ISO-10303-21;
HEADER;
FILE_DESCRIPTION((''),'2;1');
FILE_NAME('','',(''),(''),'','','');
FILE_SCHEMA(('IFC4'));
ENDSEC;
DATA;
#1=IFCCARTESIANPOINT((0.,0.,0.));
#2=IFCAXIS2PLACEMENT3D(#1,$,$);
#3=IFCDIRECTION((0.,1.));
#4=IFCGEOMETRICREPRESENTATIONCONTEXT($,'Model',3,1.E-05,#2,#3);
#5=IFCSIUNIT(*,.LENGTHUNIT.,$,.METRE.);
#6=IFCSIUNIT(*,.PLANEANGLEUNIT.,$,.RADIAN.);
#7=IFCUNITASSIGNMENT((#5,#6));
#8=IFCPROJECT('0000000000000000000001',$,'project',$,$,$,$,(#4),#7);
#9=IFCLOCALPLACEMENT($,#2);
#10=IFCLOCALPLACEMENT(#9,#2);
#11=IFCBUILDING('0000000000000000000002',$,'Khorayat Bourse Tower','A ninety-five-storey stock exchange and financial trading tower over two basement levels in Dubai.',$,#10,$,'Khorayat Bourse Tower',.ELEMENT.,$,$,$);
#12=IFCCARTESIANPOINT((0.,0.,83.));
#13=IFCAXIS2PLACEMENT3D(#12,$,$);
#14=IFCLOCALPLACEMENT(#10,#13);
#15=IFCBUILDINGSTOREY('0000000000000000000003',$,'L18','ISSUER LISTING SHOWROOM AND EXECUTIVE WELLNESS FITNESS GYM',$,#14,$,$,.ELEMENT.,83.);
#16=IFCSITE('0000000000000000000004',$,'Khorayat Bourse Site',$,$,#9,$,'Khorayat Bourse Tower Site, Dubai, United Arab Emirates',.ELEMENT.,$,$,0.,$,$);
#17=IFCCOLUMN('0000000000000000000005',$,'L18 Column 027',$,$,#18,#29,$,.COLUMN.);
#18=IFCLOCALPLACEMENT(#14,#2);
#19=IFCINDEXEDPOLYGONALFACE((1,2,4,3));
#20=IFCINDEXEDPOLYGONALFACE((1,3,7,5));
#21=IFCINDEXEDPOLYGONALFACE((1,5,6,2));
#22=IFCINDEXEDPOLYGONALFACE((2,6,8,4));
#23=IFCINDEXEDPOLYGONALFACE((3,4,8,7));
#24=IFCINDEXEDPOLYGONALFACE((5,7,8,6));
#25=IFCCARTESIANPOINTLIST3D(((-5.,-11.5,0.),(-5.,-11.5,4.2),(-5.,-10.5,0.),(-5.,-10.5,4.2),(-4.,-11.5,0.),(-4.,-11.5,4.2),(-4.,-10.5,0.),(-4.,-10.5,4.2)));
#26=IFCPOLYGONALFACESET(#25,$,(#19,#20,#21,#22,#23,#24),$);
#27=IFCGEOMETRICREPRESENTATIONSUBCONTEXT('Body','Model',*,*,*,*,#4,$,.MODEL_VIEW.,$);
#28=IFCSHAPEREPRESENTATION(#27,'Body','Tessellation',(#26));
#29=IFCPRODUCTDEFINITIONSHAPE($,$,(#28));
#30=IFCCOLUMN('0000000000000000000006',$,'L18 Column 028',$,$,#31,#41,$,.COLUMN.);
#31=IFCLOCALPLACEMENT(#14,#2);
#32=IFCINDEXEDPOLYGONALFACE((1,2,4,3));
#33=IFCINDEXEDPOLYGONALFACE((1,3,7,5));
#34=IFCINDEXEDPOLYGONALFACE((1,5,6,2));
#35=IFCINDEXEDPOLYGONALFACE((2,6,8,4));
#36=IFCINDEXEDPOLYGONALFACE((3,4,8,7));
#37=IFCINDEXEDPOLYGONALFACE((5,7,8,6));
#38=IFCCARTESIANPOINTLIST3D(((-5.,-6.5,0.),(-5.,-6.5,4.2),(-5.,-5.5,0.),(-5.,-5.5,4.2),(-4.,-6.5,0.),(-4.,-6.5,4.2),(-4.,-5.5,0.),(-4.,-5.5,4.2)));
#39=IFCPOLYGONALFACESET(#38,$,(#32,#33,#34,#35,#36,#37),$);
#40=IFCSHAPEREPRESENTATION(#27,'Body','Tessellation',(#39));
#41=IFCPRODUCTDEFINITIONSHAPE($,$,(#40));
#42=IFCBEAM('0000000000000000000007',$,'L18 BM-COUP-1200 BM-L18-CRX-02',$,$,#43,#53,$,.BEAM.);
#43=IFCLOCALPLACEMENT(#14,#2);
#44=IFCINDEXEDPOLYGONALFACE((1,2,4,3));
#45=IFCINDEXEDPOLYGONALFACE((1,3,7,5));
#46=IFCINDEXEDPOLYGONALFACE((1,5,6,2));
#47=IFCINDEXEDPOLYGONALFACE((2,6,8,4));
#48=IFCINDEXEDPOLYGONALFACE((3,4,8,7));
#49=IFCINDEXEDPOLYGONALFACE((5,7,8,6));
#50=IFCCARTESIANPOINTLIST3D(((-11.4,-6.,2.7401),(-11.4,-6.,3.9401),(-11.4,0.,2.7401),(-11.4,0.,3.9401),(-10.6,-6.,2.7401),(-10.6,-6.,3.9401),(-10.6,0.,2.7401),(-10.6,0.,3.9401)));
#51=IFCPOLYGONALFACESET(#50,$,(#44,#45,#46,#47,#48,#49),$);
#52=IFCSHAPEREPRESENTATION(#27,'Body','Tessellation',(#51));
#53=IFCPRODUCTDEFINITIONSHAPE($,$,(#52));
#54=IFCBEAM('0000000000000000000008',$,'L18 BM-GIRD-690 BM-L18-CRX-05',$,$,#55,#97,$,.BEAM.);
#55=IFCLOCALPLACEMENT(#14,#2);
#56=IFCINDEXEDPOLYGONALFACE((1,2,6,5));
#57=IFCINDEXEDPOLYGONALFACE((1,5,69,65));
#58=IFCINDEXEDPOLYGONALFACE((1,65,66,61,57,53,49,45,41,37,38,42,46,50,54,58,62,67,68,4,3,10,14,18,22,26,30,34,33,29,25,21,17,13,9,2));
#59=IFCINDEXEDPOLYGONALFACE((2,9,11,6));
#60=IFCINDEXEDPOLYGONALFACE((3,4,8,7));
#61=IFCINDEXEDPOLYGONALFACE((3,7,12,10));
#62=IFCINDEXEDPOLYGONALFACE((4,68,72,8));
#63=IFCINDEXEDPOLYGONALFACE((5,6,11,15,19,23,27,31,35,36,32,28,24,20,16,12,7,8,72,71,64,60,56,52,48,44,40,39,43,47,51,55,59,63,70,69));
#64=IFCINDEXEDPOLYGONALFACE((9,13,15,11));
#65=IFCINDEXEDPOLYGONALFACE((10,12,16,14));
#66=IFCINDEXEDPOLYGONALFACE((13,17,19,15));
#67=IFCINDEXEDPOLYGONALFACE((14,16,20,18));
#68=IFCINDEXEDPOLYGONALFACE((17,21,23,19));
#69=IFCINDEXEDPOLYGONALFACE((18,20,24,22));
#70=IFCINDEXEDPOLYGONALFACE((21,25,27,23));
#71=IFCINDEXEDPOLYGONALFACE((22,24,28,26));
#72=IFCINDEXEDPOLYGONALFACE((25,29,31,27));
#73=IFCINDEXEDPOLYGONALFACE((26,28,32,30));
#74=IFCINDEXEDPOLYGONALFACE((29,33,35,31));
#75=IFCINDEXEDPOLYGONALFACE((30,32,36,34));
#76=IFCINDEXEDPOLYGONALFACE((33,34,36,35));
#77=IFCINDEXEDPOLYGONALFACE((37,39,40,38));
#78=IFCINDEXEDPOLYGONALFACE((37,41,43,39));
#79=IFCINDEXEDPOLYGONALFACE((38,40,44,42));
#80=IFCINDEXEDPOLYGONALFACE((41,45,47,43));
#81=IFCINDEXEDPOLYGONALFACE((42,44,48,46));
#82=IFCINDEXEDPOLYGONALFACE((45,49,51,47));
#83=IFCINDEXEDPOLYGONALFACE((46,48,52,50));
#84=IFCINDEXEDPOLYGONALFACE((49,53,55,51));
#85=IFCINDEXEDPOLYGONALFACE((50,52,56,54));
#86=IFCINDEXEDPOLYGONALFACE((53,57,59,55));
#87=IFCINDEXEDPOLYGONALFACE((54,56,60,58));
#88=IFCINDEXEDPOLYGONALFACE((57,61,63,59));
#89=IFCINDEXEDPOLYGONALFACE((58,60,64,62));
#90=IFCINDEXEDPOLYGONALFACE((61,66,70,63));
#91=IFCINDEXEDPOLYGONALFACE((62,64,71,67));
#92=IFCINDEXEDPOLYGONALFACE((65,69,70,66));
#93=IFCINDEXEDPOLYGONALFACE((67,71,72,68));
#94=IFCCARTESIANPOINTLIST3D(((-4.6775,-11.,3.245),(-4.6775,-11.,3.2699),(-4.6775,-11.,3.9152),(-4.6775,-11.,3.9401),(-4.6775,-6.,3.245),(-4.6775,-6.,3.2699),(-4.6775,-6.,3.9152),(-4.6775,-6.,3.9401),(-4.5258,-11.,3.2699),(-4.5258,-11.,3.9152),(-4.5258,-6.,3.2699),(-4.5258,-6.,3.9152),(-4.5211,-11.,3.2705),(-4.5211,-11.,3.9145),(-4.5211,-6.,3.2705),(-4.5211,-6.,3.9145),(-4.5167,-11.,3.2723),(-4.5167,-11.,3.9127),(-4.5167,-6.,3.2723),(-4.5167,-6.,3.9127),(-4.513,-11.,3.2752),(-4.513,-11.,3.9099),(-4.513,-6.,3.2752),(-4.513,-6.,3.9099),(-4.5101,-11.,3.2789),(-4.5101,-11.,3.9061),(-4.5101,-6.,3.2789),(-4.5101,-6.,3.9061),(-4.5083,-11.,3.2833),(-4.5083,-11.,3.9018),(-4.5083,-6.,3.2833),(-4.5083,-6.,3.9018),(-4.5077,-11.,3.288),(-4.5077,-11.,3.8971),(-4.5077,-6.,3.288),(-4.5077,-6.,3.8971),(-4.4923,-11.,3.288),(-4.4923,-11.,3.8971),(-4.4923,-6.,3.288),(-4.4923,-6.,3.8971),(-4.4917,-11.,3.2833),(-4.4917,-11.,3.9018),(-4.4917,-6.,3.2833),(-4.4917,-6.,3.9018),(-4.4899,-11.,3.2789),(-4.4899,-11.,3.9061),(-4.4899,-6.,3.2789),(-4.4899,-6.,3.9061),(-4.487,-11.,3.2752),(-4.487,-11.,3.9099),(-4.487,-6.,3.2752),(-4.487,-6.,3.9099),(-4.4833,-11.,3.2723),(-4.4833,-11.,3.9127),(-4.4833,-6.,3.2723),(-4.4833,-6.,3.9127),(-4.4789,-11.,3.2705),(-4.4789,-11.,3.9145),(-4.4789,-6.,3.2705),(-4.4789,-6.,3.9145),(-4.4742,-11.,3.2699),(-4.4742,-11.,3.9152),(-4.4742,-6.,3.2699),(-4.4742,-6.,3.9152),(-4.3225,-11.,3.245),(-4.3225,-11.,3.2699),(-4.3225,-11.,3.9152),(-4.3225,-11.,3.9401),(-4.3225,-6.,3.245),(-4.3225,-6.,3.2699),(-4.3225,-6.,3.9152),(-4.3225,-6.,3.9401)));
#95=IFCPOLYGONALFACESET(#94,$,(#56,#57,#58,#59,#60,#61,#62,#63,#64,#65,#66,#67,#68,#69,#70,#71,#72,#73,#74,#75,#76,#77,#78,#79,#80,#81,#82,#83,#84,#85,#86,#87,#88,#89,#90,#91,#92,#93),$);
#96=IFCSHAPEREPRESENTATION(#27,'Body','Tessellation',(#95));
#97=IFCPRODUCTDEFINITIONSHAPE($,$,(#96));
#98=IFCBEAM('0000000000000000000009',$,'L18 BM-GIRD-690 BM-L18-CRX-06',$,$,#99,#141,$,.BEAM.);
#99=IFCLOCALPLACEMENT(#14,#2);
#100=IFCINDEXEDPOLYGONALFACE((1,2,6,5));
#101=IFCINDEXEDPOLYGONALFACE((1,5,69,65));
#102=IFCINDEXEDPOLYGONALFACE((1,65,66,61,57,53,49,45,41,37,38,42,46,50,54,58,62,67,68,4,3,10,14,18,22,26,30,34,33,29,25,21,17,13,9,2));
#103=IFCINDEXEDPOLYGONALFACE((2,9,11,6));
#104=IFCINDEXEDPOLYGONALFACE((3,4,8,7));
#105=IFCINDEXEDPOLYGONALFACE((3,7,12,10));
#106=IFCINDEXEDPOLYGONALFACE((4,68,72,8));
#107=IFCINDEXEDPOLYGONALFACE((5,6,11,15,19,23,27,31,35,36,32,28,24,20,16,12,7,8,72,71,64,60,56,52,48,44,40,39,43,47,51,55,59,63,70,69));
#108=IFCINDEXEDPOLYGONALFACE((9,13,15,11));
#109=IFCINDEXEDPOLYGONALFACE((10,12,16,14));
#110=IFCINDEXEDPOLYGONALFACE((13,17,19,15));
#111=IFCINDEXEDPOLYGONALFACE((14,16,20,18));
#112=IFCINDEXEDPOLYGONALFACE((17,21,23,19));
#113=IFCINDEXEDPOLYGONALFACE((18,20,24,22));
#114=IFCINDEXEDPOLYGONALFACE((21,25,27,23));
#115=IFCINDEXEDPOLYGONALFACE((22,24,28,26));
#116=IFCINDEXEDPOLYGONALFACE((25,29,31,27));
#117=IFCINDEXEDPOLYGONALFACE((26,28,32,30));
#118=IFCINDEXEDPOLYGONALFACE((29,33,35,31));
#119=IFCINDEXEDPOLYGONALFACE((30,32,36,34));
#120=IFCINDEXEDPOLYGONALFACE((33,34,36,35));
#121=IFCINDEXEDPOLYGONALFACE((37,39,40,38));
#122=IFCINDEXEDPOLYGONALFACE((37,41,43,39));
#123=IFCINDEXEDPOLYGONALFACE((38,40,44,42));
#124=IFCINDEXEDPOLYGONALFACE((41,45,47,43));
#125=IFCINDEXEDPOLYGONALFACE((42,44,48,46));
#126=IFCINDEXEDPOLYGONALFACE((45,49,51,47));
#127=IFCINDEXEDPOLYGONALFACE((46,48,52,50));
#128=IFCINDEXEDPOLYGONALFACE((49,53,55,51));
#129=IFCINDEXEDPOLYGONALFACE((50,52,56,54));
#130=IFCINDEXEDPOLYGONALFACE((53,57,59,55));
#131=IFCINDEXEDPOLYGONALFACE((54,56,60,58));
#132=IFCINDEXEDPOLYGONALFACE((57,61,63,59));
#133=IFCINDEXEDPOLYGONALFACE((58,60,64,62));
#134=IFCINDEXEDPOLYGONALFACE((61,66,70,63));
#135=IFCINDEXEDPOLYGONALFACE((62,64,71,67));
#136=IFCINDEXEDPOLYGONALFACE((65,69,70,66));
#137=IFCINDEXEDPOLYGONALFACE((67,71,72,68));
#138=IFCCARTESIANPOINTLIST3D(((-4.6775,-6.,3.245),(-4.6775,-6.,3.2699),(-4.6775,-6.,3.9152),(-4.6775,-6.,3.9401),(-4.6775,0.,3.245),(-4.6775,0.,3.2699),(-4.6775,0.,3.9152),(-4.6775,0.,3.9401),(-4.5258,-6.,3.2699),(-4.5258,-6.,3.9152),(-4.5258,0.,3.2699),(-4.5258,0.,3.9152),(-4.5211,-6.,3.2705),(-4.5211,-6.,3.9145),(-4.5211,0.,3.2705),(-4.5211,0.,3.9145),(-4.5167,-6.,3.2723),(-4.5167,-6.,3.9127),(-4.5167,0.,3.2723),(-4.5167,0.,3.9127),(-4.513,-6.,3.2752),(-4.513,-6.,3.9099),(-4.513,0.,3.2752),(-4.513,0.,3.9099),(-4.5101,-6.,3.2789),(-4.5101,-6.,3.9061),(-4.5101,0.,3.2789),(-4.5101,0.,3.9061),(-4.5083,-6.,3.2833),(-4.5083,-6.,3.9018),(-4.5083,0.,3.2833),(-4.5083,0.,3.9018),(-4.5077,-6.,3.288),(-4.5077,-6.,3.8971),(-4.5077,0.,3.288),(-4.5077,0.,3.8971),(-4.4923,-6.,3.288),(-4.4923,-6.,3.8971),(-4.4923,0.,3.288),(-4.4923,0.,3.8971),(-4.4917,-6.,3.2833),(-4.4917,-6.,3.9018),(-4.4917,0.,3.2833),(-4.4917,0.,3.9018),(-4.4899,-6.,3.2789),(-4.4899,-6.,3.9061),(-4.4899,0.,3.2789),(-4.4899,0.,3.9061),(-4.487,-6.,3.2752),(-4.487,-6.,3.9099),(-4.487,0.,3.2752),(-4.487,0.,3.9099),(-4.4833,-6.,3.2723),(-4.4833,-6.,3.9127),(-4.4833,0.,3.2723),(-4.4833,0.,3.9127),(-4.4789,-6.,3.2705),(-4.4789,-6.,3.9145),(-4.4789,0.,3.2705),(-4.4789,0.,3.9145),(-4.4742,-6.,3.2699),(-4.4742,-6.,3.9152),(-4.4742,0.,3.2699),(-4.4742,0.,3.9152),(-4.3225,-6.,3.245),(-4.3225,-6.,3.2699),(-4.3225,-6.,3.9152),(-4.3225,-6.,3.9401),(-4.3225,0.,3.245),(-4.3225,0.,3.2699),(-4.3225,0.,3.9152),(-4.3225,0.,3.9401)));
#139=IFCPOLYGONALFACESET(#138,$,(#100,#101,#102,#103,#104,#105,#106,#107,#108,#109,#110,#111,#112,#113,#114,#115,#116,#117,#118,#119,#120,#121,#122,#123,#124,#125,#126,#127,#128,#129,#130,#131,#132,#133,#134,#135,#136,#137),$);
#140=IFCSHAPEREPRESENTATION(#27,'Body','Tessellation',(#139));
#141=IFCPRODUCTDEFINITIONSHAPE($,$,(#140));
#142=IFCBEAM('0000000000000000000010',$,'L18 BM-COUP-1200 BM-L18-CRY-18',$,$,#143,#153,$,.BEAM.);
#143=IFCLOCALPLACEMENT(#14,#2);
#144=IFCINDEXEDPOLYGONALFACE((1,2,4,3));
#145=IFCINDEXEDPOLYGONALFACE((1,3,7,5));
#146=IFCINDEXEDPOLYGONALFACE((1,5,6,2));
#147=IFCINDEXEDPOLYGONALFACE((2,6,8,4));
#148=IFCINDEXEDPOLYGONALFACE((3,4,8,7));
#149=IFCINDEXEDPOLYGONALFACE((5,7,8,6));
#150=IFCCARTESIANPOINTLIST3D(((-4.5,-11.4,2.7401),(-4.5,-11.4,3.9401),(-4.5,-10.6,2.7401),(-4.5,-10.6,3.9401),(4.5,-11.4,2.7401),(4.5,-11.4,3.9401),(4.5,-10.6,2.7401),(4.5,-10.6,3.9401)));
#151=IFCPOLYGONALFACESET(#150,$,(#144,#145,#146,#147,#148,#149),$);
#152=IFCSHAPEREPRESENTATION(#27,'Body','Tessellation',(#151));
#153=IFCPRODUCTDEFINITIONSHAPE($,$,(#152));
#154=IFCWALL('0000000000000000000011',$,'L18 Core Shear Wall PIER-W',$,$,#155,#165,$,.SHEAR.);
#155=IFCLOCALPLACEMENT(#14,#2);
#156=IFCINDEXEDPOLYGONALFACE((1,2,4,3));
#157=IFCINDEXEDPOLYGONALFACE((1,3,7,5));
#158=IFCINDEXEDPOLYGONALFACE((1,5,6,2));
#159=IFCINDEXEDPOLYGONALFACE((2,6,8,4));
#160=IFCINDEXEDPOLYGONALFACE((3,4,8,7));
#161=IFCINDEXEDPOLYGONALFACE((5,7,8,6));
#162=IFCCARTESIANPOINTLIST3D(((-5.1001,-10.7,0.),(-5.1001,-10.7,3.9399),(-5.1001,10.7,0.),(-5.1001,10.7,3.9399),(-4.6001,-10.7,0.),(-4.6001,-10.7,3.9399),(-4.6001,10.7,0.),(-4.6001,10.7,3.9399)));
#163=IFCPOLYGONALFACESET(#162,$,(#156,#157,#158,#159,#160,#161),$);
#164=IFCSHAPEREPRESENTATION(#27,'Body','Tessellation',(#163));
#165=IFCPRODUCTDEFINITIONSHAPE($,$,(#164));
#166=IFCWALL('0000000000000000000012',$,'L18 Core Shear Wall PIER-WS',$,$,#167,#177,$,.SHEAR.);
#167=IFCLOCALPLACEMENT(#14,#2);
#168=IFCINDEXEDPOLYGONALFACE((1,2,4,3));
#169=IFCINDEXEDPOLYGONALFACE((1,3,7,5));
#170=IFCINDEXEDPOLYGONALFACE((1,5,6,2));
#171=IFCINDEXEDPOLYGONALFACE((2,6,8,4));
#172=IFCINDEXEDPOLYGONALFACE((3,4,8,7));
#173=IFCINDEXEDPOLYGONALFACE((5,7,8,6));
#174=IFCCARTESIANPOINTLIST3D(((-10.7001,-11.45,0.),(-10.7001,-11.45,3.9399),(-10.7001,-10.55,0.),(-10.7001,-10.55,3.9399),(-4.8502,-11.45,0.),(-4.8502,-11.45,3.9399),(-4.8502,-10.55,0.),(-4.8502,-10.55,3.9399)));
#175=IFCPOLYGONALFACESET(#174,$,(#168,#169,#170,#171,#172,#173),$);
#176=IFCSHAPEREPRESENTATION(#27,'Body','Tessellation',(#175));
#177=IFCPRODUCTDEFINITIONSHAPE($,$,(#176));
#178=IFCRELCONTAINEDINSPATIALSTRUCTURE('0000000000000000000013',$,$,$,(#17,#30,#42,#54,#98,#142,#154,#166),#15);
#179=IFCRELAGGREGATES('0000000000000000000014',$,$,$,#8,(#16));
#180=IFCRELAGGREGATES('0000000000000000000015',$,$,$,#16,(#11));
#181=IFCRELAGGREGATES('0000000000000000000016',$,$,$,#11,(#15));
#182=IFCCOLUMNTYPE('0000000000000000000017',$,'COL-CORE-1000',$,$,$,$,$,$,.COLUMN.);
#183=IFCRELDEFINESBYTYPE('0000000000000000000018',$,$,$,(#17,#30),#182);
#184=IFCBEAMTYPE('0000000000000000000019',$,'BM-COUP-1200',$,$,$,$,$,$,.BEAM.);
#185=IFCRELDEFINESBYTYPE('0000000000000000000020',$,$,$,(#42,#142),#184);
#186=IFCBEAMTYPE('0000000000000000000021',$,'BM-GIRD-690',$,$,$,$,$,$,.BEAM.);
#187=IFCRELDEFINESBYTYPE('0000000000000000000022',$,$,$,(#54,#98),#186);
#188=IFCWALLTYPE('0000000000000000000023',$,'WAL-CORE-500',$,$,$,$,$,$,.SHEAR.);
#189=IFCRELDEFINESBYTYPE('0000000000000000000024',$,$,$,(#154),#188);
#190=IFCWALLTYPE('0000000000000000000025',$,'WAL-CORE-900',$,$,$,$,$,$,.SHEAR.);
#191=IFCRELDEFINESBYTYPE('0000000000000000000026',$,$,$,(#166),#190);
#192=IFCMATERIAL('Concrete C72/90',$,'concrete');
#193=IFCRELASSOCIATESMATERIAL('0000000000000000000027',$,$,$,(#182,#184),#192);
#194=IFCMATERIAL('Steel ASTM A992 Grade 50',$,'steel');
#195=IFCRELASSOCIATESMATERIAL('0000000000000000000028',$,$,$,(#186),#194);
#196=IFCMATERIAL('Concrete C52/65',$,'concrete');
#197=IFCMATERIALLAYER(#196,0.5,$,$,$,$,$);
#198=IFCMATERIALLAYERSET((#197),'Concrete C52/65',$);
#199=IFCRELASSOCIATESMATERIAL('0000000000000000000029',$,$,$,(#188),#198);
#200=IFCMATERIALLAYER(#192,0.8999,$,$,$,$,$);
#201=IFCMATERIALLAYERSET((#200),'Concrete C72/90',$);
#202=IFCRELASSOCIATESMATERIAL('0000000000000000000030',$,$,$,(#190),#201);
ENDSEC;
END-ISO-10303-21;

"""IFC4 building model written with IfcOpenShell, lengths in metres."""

from ifc_helpers import new_model, si_unit, direction, frame, frame_2d, origin, origin_2d, place, context, subcontext, project, spatial, rectangle, i_section, extrude, source, transform, mapped, material, layer, layer_set, material_profile, profile_set, type_object, element, save


model = new_model("IFC4")

# Units and contexts
model_context = context("Model", 3, precision=1e-05, world=origin(), true_north=direction((0.0, 1.0)))
body_context = subcontext(model_context, "Body", "Model", "MODEL_VIEW")
ifc_project = project(units=[si_unit("LENGTHUNIT", "METRE"), si_unit("PLANEANGLEUNIT", "RADIAN")], contexts=[model_context])

# Site, building, storey
site_placement = place(None, origin())
site = spatial("IfcSite", under=ifc_project, at=site_placement, Name="Khorayat Bourse Site", LongName="Khorayat Bourse Tower Site, Dubai, United Arab Emirates", CompositionType="ELEMENT", RefElevation=0.0)
building_placement = place(site_placement, origin())
building = spatial("IfcBuilding", under=site, at=building_placement, Name="Khorayat Bourse Tower", Description="A ninety-five-storey stock exchange and financial trading tower over two basement levels in Dubai.", LongName="Khorayat Bourse Tower", CompositionType="ELEMENT")
storey_placement = place(building_placement, frame((0.0, 0.0, 83.0)))
storey = spatial("IfcBuildingStorey", under=building, at=storey_placement, Name="L18", Description="ISSUER LISTING SHOWROOM AND EXECUTIVE WELLNESS FITNESS GYM", CompositionType="ELEMENT", Elevation=83.0)

# Columns
ifc_material_1 = material(Name="Concrete C72/90", Category="concrete")
ifc_material_profile_1 = material_profile(ifc_material_1, rectangle(XDim=1.0, YDim=1.0, at=origin_2d()), Name="RC 1000x1000")
ifc_profile_set_1 = profile_set([ifc_material_profile_1], Name="Concrete C72/90")
column_type = type_object("IfcColumnType", Name="COL-CORE-1000", PredefinedType="COLUMN", material=ifc_profile_set_1)
shared_shape_1 = source(origin(), body_context, "Body", "SweptSolid", [
    extrude(rectangle(XDim=1.0, YDim=1.0, at=origin_2d()), origin(), (0.0, 0.0, 1.0), 4.2),
])
for number, where, z_axis, x_axis, name in (
    (1, (-4.5, -11.0, 0.0), (0.0, 0.0, 1.0), (1.0, 0.0, 0.0), "L18 Column 027"),
    (2, (-4.5, -6.0, 0.0), (0.0, 0.0, 1.0), (1.0, 0.0, 0.0), "L18 Column 028"),
):
    element("IfcColumn", number, at=place(storey_placement, frame(where, z_axis=z_axis, x_axis=x_axis)), inside=storey, type_object=column_type, Name=name, PredefinedType="COLUMN", context=body_context, shape_type="MappedRepresentation", body=[
        mapped(shared_shape_1, transform((0.0, 0.0, 0.0), scale=1.0)),
    ])

# Beams
ifc_material_profile_2 = material_profile(ifc_material_1, rectangle(XDim=0.8, YDim=1.2, at=origin_2d()), Name="RC 800x1200")
ifc_profile_set_2 = profile_set([ifc_material_profile_2], Name="Concrete C72/90")
beam_type_1 = type_object("IfcBeamType", Name="BM-COUP-1200", PredefinedType="BEAM", material=ifc_profile_set_2)
shared_shape_2 = source(origin(), body_context, "Body", "SweptSolid", [
    extrude(rectangle(XDim=0.8, YDim=1.2, at=origin_2d()), origin(), (0.0, 0.0, 1.0), 6.0),
])
beam_1_placement = place(storey_placement, frame((-11.0, -6.0, 3.3401), z_axis=(0.0, 1.0, 0.0), x_axis=(-1.0, 0.0, 0.0)))
element("IfcBeam", 3, at=beam_1_placement, inside=storey, type_object=beam_type_1, Name="L18 BM-COUP-1200 BM-L18-CRX-02", PredefinedType="BEAM", context=body_context, shape_type="MappedRepresentation", body=[
    mapped(shared_shape_2, transform((0.0, 0.0, 0.0), scale=1.0)),
])
ifc_material_2 = material(Name="Steel ASTM A992 Grade 50", Category="steel")
ifc_material_profile_3 = material_profile(ifc_material_2, i_section(OverallWidth=0.355, OverallDepth=0.6951, WebThickness=0.0154, FlangeThickness=0.0249, FilletRadius=0.0181, at=origin_2d()), Name="W690X217")
ifc_profile_set_3 = profile_set([ifc_material_profile_3], Name="Steel ASTM A992 Grade 50")
beam_type_2 = type_object("IfcBeamType", Name="BM-GIRD-690", PredefinedType="BEAM", material=ifc_profile_set_3)
shared_shape_3 = source(origin(), body_context, "Body", "SweptSolid", [
    extrude(i_section(OverallWidth=0.355, OverallDepth=0.6951, WebThickness=0.0154, FlangeThickness=0.0249, FilletRadius=0.0181, at=origin_2d()), origin(), (0.0, 0.0, 1.0), 5.0),
])
beam_2_placement = place(storey_placement, frame((-4.5, -11.0, 3.5925), z_axis=(0.0, 1.0, 0.0), x_axis=(-1.0, 0.0, 0.0)))
element("IfcBeam", 4, at=beam_2_placement, inside=storey, type_object=beam_type_2, Name="L18 BM-GIRD-690 BM-L18-CRX-05", PredefinedType="BEAM", context=body_context, shape_type="MappedRepresentation", body=[
    mapped(shared_shape_3, transform((0.0, 0.0, 0.0), scale=1.0)),
])
shared_shape_4 = source(origin(), body_context, "Body", "SweptSolid", [
    extrude(i_section(OverallWidth=0.355, OverallDepth=0.6951, WebThickness=0.0154, FlangeThickness=0.0249, FilletRadius=0.0181, at=origin_2d()), origin(), (0.0, 0.0, 1.0), 6.0),
])
beam_3_placement = place(storey_placement, frame((-4.5, -6.0, 3.5925), z_axis=(0.0, 1.0, 0.0), x_axis=(-1.0, 0.0, 0.0)))
element("IfcBeam", 5, at=beam_3_placement, inside=storey, type_object=beam_type_2, Name="L18 BM-GIRD-690 BM-L18-CRX-06", PredefinedType="BEAM", context=body_context, shape_type="MappedRepresentation", body=[
    mapped(shared_shape_4, transform((0.0, 0.0, 0.0), scale=1.0)),
])
shared_shape_5 = source(origin(), body_context, "Body", "SweptSolid", [
    extrude(rectangle(XDim=0.8, YDim=1.2, at=origin_2d()), origin(), (0.0, 0.0, 1.0), 9.0),
])
beam_4_placement = place(storey_placement, frame((-4.5, -11.0, 3.3401), z_axis=(1.0, 0.0, 0.0), x_axis=(0.0, 1.0, 0.0)))
element("IfcBeam", 6, at=beam_4_placement, inside=storey, type_object=beam_type_1, Name="L18 BM-COUP-1200 BM-L18-CRY-18", PredefinedType="BEAM", context=body_context, shape_type="MappedRepresentation", body=[
    mapped(shared_shape_5, transform((0.0, 0.0, 0.0), scale=1.0)),
])

# Walls
ifc_material_3 = material(Name="Concrete C52/65", Category="concrete")
ifc_layer_1 = layer(ifc_material_3, 0.5)
ifc_layer_set_1 = layer_set([ifc_layer_1], Name="Concrete C52/65")
wall_type_1 = type_object("IfcWallType", Name="WAL-CORE-500", PredefinedType="SHEAR", material=ifc_layer_set_1)
shared_shape_6 = source(origin(), body_context, "Body", "SweptSolid", [
    extrude(rectangle(XDim=21.3999, YDim=0.5, at=frame_2d((10.7, 0.0))), origin(), (0.0, 0.0, 1.0), 3.9399),
])
wall_1_placement = place(storey_placement, frame((-4.8501, -10.7, 0.0), z_axis=(0.0, 0.0, 1.0), x_axis=(0.0, 1.0, 0.0)))
element("IfcWall", 7, at=wall_1_placement, inside=storey, type_object=wall_type_1, Name="L18 Core Shear Wall PIER-W", PredefinedType="SHEAR", context=body_context, shape_type="MappedRepresentation", body=[
    mapped(shared_shape_6, transform((0.0, 0.0, 0.0), scale=1.0)),
])
ifc_layer_2 = layer(ifc_material_1, 0.8999)
ifc_layer_set_2 = layer_set([ifc_layer_2], Name="Concrete C72/90")
wall_type_2 = type_object("IfcWallType", Name="WAL-CORE-900", PredefinedType="SHEAR", material=ifc_layer_set_2)
shared_shape_7 = source(origin(), body_context, "Body", "SweptSolid", [
    extrude(rectangle(XDim=5.8499, YDim=0.8999, at=frame_2d((2.9248, 0.0))), origin(), (0.0, 0.0, 1.0), 3.9399),
])
wall_2_placement = place(storey_placement, frame((-10.7, -11.0, 0.0), z_axis=(0.0, 0.0, 1.0), x_axis=(1.0, 0.0, 0.0)))
element("IfcWall", 8, at=wall_2_placement, inside=storey, type_object=wall_type_2, Name="L18 Core Shear Wall PIER-WS", PredefinedType="SHEAR", context=body_context, shape_type="MappedRepresentation", body=[
    mapped(shared_shape_7, transform((0.0, 0.0, 0.0), scale=1.0)),
])

save(model, "model.ifc")
